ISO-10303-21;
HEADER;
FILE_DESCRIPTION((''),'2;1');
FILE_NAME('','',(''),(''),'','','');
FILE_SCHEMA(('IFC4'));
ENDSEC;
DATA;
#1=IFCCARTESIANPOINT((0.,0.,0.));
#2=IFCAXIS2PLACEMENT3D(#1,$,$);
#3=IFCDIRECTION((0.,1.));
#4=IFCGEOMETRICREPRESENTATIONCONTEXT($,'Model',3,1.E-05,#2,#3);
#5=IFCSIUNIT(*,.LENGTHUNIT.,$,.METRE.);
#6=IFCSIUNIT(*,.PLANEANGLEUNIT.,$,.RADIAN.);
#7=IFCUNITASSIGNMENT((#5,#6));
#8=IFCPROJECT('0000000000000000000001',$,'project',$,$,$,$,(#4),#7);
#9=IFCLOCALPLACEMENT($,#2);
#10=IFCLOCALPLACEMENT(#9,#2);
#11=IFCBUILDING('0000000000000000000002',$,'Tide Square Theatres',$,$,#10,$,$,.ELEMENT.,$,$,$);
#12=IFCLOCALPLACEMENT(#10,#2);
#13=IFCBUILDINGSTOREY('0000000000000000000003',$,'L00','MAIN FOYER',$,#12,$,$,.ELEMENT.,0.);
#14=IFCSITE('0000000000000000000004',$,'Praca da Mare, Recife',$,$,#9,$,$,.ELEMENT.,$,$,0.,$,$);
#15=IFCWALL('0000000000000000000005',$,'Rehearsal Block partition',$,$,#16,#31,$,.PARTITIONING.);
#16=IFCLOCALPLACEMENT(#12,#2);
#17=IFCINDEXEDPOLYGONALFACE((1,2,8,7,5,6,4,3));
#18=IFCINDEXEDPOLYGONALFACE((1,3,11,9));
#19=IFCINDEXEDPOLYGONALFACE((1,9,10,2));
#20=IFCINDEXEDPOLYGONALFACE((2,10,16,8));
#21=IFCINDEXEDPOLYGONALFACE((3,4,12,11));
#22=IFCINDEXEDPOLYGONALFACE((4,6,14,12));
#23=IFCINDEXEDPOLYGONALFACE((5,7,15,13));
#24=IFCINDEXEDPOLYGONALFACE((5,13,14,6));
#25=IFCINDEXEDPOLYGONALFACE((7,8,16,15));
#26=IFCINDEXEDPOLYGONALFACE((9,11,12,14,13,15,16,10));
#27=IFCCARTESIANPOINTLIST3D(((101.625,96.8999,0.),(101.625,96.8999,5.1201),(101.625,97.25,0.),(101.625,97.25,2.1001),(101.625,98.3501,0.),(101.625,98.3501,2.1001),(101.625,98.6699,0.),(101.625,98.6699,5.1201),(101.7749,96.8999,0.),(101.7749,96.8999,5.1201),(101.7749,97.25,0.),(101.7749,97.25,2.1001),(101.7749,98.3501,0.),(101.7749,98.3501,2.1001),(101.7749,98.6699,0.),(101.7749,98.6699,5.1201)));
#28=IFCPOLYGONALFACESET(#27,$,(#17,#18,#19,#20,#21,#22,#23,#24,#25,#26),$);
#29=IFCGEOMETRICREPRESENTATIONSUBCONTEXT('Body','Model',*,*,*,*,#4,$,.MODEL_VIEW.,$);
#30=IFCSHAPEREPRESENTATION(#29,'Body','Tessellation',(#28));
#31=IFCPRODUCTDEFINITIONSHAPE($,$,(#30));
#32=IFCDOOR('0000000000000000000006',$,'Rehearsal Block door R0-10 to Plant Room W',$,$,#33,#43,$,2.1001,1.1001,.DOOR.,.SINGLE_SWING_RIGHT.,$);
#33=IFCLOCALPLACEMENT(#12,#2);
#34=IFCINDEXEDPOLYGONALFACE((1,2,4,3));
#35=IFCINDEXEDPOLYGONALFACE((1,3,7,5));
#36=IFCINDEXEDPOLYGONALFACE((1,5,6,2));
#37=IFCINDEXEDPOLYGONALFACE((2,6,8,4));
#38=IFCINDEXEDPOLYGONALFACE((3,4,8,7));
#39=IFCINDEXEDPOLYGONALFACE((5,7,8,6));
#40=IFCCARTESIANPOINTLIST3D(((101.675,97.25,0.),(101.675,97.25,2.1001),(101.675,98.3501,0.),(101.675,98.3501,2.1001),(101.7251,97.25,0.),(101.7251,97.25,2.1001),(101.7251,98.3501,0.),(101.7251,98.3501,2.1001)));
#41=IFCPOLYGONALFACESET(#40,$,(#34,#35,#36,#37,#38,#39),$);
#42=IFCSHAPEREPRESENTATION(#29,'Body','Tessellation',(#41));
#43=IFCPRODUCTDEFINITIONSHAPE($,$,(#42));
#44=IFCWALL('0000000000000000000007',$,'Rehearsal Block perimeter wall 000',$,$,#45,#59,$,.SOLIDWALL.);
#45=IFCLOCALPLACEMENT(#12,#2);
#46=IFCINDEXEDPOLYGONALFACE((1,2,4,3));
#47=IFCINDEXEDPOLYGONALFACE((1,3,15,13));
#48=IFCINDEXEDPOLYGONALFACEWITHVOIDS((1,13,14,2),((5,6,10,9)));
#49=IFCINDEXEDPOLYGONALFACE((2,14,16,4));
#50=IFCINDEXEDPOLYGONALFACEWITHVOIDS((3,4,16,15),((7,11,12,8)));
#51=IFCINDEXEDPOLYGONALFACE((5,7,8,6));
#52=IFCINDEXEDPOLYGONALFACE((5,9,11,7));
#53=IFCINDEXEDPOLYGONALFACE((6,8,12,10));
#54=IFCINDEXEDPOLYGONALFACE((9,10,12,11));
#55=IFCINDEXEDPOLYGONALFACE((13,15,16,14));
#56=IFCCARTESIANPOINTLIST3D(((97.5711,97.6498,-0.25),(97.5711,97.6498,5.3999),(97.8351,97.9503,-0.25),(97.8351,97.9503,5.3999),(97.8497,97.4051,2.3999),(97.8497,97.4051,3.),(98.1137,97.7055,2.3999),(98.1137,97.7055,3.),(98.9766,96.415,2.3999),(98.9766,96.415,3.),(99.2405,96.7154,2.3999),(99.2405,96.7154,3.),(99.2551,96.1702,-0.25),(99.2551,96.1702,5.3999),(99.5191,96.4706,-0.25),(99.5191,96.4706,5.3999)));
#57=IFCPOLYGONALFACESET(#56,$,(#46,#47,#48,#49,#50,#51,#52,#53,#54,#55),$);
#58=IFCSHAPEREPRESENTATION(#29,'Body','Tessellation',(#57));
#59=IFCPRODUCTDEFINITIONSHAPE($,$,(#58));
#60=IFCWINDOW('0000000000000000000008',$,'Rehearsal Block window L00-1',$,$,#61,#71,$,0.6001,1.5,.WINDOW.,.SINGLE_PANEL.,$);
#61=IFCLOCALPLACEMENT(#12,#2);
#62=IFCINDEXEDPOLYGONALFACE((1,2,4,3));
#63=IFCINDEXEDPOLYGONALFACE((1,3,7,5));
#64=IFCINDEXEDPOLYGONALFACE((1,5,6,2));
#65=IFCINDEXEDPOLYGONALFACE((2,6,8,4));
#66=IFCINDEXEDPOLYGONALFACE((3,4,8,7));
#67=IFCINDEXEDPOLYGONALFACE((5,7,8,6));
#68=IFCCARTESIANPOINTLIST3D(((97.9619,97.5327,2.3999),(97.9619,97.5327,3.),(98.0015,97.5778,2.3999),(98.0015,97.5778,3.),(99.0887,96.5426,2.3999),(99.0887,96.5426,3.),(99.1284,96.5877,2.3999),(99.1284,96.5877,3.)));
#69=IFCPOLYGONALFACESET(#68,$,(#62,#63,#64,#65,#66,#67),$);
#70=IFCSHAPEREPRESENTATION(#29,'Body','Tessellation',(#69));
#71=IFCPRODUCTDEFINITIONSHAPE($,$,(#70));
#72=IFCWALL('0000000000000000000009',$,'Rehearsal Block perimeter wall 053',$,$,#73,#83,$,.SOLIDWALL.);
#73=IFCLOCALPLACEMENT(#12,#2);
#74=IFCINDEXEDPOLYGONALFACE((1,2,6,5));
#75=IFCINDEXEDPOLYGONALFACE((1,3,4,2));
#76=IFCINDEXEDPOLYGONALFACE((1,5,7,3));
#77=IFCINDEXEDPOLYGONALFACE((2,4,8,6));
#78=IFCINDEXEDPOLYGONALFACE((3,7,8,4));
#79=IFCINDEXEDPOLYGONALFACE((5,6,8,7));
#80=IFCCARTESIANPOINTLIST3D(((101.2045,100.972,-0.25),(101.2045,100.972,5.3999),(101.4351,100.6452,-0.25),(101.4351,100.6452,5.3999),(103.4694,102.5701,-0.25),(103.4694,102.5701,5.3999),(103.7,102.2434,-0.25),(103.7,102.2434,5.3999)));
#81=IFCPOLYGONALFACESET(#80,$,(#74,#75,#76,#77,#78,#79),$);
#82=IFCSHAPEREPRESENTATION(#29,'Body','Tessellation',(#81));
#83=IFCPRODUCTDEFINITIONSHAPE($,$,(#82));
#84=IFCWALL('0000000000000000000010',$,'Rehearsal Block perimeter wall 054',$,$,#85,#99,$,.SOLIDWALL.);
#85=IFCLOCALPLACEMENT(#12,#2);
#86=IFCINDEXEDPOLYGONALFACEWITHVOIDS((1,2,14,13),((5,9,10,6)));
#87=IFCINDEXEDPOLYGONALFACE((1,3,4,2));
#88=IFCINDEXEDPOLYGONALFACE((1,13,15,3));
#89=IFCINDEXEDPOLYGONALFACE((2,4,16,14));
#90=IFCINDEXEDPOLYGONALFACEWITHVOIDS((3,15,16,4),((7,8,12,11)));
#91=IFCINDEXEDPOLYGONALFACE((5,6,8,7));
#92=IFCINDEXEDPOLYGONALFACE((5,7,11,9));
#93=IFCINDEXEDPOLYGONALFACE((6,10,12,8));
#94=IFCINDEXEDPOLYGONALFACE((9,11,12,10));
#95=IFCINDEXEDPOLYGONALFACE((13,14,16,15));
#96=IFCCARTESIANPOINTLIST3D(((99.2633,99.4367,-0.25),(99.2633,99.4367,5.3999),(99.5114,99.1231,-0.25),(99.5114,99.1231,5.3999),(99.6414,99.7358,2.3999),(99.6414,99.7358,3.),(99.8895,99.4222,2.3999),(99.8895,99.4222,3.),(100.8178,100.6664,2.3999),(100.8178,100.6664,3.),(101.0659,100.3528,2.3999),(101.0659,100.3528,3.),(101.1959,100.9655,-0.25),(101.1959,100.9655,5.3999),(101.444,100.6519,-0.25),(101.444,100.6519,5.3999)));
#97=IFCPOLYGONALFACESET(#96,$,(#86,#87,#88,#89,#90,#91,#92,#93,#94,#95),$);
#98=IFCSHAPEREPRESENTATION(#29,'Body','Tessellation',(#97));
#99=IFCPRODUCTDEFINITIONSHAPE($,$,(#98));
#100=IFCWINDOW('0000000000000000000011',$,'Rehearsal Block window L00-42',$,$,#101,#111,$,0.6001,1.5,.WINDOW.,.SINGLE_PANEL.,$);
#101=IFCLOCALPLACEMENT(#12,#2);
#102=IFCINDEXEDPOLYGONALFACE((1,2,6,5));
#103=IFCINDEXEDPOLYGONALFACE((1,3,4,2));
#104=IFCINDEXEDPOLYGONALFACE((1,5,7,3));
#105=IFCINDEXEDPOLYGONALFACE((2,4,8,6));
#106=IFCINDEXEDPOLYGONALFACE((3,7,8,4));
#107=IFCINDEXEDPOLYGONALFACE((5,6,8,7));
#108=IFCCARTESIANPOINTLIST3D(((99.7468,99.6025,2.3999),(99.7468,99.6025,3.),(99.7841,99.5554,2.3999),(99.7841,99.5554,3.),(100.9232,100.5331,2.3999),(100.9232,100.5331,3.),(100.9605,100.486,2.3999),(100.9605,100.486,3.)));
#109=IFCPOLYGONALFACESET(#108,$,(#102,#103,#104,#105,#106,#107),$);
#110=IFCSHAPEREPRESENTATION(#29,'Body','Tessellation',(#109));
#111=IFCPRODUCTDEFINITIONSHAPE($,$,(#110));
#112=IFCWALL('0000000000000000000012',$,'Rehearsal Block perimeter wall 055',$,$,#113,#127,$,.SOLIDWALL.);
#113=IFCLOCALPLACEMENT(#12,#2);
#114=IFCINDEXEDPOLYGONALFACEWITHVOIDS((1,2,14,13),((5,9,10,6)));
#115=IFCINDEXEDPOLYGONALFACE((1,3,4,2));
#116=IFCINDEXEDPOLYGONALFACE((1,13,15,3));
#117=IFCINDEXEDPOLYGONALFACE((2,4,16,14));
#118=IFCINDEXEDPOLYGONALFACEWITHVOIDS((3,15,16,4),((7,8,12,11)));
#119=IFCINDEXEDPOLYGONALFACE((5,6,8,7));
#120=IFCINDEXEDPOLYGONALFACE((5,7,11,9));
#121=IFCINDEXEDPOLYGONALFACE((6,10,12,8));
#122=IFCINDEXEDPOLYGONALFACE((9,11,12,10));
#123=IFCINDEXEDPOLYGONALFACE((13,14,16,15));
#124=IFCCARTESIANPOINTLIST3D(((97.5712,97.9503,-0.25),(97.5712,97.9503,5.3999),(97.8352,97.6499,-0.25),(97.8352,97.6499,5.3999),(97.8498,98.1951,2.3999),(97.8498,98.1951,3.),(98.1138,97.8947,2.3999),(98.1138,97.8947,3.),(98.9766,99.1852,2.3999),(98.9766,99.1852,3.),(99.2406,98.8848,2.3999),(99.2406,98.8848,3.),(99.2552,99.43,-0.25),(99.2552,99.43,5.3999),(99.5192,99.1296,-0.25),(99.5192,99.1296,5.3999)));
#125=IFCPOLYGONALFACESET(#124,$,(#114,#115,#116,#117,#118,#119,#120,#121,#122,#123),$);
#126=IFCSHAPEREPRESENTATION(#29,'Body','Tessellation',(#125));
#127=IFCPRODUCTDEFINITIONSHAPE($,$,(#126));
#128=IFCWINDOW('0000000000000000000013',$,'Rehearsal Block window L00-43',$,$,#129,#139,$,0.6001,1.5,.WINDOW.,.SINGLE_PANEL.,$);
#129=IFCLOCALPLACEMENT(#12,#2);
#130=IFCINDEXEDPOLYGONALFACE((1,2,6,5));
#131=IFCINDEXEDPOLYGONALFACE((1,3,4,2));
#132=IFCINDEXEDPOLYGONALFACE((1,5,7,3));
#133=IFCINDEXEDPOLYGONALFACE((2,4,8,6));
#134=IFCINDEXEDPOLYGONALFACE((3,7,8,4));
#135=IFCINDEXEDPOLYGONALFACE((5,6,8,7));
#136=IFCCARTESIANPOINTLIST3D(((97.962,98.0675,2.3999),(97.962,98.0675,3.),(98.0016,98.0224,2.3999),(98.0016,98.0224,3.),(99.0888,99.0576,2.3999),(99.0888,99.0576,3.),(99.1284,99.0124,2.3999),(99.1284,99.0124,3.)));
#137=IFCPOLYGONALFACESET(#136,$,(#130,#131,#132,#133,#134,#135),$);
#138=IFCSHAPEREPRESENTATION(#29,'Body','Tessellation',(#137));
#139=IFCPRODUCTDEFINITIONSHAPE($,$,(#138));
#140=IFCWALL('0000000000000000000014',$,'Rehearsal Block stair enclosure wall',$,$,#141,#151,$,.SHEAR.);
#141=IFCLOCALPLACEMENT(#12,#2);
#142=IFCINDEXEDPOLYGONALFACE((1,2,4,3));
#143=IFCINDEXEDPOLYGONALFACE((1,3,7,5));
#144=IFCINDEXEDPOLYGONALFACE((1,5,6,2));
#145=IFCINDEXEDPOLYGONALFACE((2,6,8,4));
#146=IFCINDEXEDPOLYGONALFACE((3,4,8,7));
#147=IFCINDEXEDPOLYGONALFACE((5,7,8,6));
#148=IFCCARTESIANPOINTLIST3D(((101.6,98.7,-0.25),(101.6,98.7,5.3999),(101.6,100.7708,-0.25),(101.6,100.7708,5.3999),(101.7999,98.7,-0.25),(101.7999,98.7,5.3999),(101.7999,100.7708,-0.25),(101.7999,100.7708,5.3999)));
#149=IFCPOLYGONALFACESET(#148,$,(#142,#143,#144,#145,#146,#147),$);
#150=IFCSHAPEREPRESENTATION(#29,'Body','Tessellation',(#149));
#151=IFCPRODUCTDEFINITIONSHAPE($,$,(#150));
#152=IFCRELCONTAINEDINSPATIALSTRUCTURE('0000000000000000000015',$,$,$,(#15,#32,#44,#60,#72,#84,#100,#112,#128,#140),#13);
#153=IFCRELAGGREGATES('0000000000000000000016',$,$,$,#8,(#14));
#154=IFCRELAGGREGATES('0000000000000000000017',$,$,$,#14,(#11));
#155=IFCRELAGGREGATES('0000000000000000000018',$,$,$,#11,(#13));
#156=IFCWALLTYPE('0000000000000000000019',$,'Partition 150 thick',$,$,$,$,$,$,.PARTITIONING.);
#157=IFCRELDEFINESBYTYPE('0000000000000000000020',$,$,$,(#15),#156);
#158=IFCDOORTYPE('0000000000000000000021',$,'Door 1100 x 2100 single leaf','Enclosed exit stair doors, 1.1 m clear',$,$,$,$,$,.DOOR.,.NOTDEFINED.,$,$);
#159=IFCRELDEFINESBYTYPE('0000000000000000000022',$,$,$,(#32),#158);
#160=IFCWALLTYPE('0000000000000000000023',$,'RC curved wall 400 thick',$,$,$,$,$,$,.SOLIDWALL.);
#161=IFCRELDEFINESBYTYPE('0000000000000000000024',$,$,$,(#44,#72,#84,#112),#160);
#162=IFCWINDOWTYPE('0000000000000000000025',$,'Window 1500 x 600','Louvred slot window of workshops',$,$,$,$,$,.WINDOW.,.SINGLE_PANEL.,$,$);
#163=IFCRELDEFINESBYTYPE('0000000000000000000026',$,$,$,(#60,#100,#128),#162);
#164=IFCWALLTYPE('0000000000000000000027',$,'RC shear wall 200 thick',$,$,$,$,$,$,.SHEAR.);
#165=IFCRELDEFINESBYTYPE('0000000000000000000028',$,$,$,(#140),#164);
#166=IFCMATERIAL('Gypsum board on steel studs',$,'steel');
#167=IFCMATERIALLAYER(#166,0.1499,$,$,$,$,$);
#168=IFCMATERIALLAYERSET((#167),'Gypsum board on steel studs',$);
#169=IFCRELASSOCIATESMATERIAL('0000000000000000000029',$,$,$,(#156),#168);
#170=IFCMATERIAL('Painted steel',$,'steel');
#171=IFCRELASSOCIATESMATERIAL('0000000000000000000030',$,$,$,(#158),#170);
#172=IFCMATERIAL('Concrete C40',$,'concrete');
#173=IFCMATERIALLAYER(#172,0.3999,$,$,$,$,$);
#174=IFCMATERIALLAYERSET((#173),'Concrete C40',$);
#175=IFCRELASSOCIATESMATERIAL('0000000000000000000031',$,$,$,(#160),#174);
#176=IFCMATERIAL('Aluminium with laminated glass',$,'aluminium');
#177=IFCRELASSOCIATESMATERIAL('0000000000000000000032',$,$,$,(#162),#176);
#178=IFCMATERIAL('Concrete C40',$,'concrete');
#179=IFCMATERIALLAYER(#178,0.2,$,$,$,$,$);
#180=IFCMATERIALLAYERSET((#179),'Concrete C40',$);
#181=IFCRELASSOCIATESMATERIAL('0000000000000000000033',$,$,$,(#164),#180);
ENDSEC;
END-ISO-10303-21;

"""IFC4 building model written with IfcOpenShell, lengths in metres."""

from ifc_helpers import new_model, si_unit, direction, frame, frame_2d, origin, place, context, subcontext, project, spatial, rectangle, extrude, material, layer, layer_set, type_object, element, fill, save


model = new_model("IFC4")

# Units and contexts
model_context = context("Model", 3, precision=1e-05, world=origin(), true_north=direction((0.0, 1.0)))
body_context = subcontext(model_context, "Body", "Model", "MODEL_VIEW")
ifc_project = project(units=[si_unit("LENGTHUNIT", "METRE"), si_unit("PLANEANGLEUNIT", "RADIAN")], contexts=[model_context])

# Site, building, storey
site_placement = place(None, origin())
site = spatial("IfcSite", under=ifc_project, at=site_placement, Name="Praca da Mare, Recife", CompositionType="ELEMENT", RefElevation=0.0)
building_placement = place(site_placement, origin())
building = spatial("IfcBuilding", under=site, at=building_placement, Name="Tide Square Theatres", CompositionType="ELEMENT")
storey_placement = place(building_placement, origin())
storey = spatial("IfcBuildingStorey", under=building, at=storey_placement, Name="L00", Description="MAIN FOYER", CompositionType="ELEMENT", Elevation=0.0)

# Wall, opening, door
ifc_material_1 = material(Name="Gypsum board on steel studs", Category="steel")
ifc_layer_1 = layer(ifc_material_1, 0.1499)
ifc_layer_set_1 = layer_set([ifc_layer_1], Name="Gypsum board on steel studs")
wall_type_1 = type_object("IfcWallType", Name="Partition 150 thick", PredefinedType="PARTITIONING", material=ifc_layer_set_1)
wall_1_placement = place(storey_placement, frame((101.7, 96.8999, 0.0), z_axis=(0.0, 0.0, 1.0), x_axis=(0.0, 1.0, 0.0)))
wall_1 = element("IfcWall", 1, at=wall_1_placement, inside=storey, type_object=wall_type_1, Name="Rehearsal Block partition", PredefinedType="PARTITIONING", context=body_context, shape_type="SweptSolid", body=[
    extrude(rectangle(XDim=1.77, YDim=0.1499, at=frame_2d((0.885, 0.0))), origin(), (0.0, 0.0, 1.0), 5.1201),
])
opening_1_placement = place(wall_1_placement, frame((0.3501, 0.0, 0.0)))
opening_1 = element("IfcOpeningElement", 2, at=opening_1_placement, cuts=wall_1, PredefinedType="OPENING", context=body_context, shape_type="SweptSolid", body=[
    extrude(rectangle(XDim=1.1001, YDim=2.1001, at=frame_2d((0.55, 1.05))), frame((0.0, 0.085, 0.0), z_axis=(0.0, -1.0, 0.0), x_axis=(1.0, 0.0, 0.0)), (0.0, 0.0, 1.0), 0.1699),
])
ifc_material_2 = material(Name="Painted steel", Category="steel")
door_type = type_object("IfcDoorType", Name="Door 1100 x 2100 single leaf", Description="Enclosed exit stair doors, 1.1 m clear", OperationType="NOTDEFINED", PredefinedType="DOOR", material=ifc_material_2)
door_placement = place(opening_1_placement, origin())
door = element("IfcDoor", 3, at=door_placement, inside=storey, type_object=door_type, Name="Rehearsal Block door R0-10 to Plant Room W", OperationType="SINGLE_SWING_RIGHT", OverallHeight=2.1001, OverallWidth=1.1001, PredefinedType="DOOR", context=body_context, shape_type="SweptSolid", body=[
    extrude(rectangle(XDim=1.1001, YDim=2.1001, at=frame_2d((0.55, 1.05))), frame((0.0, 0.0249, 0.0), z_axis=(0.0, -1.0, 0.0), x_axis=(1.0, 0.0, 0.0)), (0.0, 0.0, 1.0), 0.05),
])
fill(opening_1, door)

# Wall, opening, window
ifc_material_3 = material(Name="Concrete C40", Category="concrete")
ifc_layer_2 = layer(ifc_material_3, 0.3999)
ifc_layer_set_2 = layer_set([ifc_layer_2], Name="Concrete C40")
wall_type_2 = type_object("IfcWallType", Name="RC curved wall 400 thick", PredefinedType="SOLIDWALL", material=ifc_layer_set_2)
wall_2_placement = place(storey_placement, frame((97.7031, 97.8, -0.25), z_axis=(0.0, 0.0, 1.0), x_axis=(0.751212, -0.660061, 0.0)))
wall_2 = element("IfcWall", 4, at=wall_2_placement, inside=storey, type_object=wall_type_2, Name="Rehearsal Block perimeter wall 000", PredefinedType="SOLIDWALL", context=body_context, shape_type="SweptSolid", body=[
    extrude(rectangle(XDim=2.2417, YDim=0.3999, at=frame_2d((1.1208, 0.0))), origin(), (0.0, 0.0, 1.0), 5.6499),
])
opening_2_placement = place(wall_2_placement, frame((0.3708, 0.0, 2.6499)))
opening_2 = element("IfcOpeningElement", 5, at=opening_2_placement, cuts=wall_2, PredefinedType="OPENING", context=body_context, shape_type="SweptSolid", body=[
    extrude(rectangle(XDim=1.5, YDim=0.6001, at=frame_2d((0.75, 0.3))), frame((0.0, 0.21, 0.0), z_axis=(0.0, -1.0, 0.0), x_axis=(1.0, 0.0, 0.0)), (0.0, 0.0, 1.0), 0.4199),
])
ifc_material_4 = material(Name="Aluminium with laminated glass", Category="aluminium")
window_type = type_object("IfcWindowType", Name="Window 1500 x 600", Description="Louvred slot window of workshops", PartitioningType="SINGLE_PANEL", PredefinedType="WINDOW", material=ifc_material_4)
window_1_placement = place(opening_2_placement, origin())
window_1 = element("IfcWindow", 6, at=window_1_placement, inside=storey, type_object=window_type, Name="Rehearsal Block window L00-1", OverallHeight=0.6001, OverallWidth=1.5, PartitioningType="SINGLE_PANEL", PredefinedType="WINDOW", context=body_context, shape_type="SweptSolid", body=[
    extrude(rectangle(XDim=1.5, YDim=0.6001, at=frame_2d((0.75, 0.3))), frame((0.0, 0.03, 0.0), z_axis=(0.0, -1.0, 0.0), x_axis=(1.0, 0.0, 0.0)), (0.0, 0.0, 1.0), 0.0601),
])
fill(opening_2, window_1)

# Wall
wall_3_placement = place(storey_placement, frame((103.5847, 102.4067, -0.25), z_axis=(0.0, 0.0, 1.0), x_axis=(-0.81707, -0.576538, 0.0)))
element("IfcWall", 7, at=wall_3_placement, inside=storey, type_object=wall_type_2, Name="Rehearsal Block perimeter wall 053", PredefinedType="SOLIDWALL", context=body_context, shape_type="SweptSolid", body=[
    extrude(rectangle(XDim=2.772, YDim=0.3999, at=frame_2d((1.386, 0.0))), origin(), (0.0, 0.0, 1.0), 5.6499),
])

# Walls, openings, windows
wall_4_placement = place(storey_placement, frame((101.3198, 100.8086, -0.25), z_axis=(0.0, 0.0, 1.0), x_axis=(-0.784279, -0.620409, 0.0)))
wall_4 = element("IfcWall", 8, at=wall_4_placement, inside=storey, type_object=wall_type_2, Name="Rehearsal Block perimeter wall 054", PredefinedType="SOLIDWALL", context=body_context, shape_type="SweptSolid", body=[
    extrude(rectangle(XDim=2.4641, YDim=0.3999, at=frame_2d((1.2319, 0.0))), origin(), (0.0, 0.0, 1.0), 5.6499),
])
opening_3_placement = place(wall_4_placement, frame((0.4819, 0.0, 2.6499)))
opening_3 = element("IfcOpeningElement", 9, at=opening_3_placement, cuts=wall_4, PredefinedType="OPENING", context=body_context, shape_type="SweptSolid", body=[
    extrude(rectangle(XDim=1.5, YDim=0.6001, at=frame_2d((0.75, 0.3))), frame((0.0, 0.21, 0.0), z_axis=(0.0, -1.0, 0.0), x_axis=(1.0, 0.0, 0.0)), (0.0, 0.0, 1.0), 0.4199),
])
window_2_placement = place(opening_3_placement, origin())
window_2 = element("IfcWindow", 10, at=window_2_placement, inside=storey, type_object=window_type, Name="Rehearsal Block window L00-42", OverallHeight=0.6001, OverallWidth=1.5, PartitioningType="SINGLE_PANEL", PredefinedType="WINDOW", context=body_context, shape_type="SweptSolid", body=[
    extrude(rectangle(XDim=1.5, YDim=0.6001, at=frame_2d((0.75, 0.3))), frame((0.0, 0.03, 0.0), z_axis=(0.0, -1.0, 0.0), x_axis=(1.0, 0.0, 0.0)), (0.0, 0.0, 1.0), 0.0601),
])
fill(opening_3, window_2)
wall_5_placement = place(storey_placement, frame((99.3872, 99.2798, -0.25), z_axis=(0.0, 0.0, 1.0), x_axis=(-0.751212, -0.660061, 0.0)))
wall_5 = element("IfcWall", 11, at=wall_5_placement, inside=storey, type_object=wall_type_2, Name="Rehearsal Block perimeter wall 055", PredefinedType="SOLIDWALL", context=body_context, shape_type="SweptSolid", body=[
    extrude(rectangle(XDim=2.2417, YDim=0.3999, at=frame_2d((1.1208, 0.0))), origin(), (0.0, 0.0, 1.0), 5.6499),
])
opening_4_placement = place(wall_5_placement, frame((0.3708, 0.0, 2.6499)))
opening_4 = element("IfcOpeningElement", 12, at=opening_4_placement, cuts=wall_5, PredefinedType="OPENING", context=body_context, shape_type="SweptSolid", body=[
    extrude(rectangle(XDim=1.5, YDim=0.6001, at=frame_2d((0.75, 0.3))), frame((0.0, 0.21, 0.0), z_axis=(0.0, -1.0, 0.0), x_axis=(1.0, 0.0, 0.0)), (0.0, 0.0, 1.0), 0.4199),
])
window_3_placement = place(opening_4_placement, origin())
window_3 = element("IfcWindow", 13, at=window_3_placement, inside=storey, type_object=window_type, Name="Rehearsal Block window L00-43", OverallHeight=0.6001, OverallWidth=1.5, PartitioningType="SINGLE_PANEL", PredefinedType="WINDOW", context=body_context, shape_type="SweptSolid", body=[
    extrude(rectangle(XDim=1.5, YDim=0.6001, at=frame_2d((0.75, 0.3))), frame((0.0, 0.03, 0.0), z_axis=(0.0, -1.0, 0.0), x_axis=(1.0, 0.0, 0.0)), (0.0, 0.0, 1.0), 0.0601),
])
fill(opening_4, window_3)

# Wall
ifc_material_5 = material(Name="Concrete C40", Category="concrete")
ifc_layer_3 = layer(ifc_material_5, 0.2)
ifc_layer_set_3 = layer_set([ifc_layer_3], Name="Concrete C40")
wall_type_3 = type_object("IfcWallType", Name="RC shear wall 200 thick", PredefinedType="SHEAR", material=ifc_layer_set_3)
wall_6_placement = place(storey_placement, frame((101.7, 98.7, -0.25), z_axis=(0.0, 0.0, 1.0), x_axis=(0.0, 1.0, 0.0)))
element("IfcWall", 14, at=wall_6_placement, inside=storey, type_object=wall_type_3, Name="Rehearsal Block stair enclosure wall", PredefinedType="SHEAR", context=body_context, shape_type="SweptSolid", body=[
    extrude(rectangle(XDim=2.0708, YDim=0.2, at=frame_2d((1.0354, 0.0))), origin(), (0.0, 0.0, 1.0), 5.6499),
])

save(model, "model.ifc")
